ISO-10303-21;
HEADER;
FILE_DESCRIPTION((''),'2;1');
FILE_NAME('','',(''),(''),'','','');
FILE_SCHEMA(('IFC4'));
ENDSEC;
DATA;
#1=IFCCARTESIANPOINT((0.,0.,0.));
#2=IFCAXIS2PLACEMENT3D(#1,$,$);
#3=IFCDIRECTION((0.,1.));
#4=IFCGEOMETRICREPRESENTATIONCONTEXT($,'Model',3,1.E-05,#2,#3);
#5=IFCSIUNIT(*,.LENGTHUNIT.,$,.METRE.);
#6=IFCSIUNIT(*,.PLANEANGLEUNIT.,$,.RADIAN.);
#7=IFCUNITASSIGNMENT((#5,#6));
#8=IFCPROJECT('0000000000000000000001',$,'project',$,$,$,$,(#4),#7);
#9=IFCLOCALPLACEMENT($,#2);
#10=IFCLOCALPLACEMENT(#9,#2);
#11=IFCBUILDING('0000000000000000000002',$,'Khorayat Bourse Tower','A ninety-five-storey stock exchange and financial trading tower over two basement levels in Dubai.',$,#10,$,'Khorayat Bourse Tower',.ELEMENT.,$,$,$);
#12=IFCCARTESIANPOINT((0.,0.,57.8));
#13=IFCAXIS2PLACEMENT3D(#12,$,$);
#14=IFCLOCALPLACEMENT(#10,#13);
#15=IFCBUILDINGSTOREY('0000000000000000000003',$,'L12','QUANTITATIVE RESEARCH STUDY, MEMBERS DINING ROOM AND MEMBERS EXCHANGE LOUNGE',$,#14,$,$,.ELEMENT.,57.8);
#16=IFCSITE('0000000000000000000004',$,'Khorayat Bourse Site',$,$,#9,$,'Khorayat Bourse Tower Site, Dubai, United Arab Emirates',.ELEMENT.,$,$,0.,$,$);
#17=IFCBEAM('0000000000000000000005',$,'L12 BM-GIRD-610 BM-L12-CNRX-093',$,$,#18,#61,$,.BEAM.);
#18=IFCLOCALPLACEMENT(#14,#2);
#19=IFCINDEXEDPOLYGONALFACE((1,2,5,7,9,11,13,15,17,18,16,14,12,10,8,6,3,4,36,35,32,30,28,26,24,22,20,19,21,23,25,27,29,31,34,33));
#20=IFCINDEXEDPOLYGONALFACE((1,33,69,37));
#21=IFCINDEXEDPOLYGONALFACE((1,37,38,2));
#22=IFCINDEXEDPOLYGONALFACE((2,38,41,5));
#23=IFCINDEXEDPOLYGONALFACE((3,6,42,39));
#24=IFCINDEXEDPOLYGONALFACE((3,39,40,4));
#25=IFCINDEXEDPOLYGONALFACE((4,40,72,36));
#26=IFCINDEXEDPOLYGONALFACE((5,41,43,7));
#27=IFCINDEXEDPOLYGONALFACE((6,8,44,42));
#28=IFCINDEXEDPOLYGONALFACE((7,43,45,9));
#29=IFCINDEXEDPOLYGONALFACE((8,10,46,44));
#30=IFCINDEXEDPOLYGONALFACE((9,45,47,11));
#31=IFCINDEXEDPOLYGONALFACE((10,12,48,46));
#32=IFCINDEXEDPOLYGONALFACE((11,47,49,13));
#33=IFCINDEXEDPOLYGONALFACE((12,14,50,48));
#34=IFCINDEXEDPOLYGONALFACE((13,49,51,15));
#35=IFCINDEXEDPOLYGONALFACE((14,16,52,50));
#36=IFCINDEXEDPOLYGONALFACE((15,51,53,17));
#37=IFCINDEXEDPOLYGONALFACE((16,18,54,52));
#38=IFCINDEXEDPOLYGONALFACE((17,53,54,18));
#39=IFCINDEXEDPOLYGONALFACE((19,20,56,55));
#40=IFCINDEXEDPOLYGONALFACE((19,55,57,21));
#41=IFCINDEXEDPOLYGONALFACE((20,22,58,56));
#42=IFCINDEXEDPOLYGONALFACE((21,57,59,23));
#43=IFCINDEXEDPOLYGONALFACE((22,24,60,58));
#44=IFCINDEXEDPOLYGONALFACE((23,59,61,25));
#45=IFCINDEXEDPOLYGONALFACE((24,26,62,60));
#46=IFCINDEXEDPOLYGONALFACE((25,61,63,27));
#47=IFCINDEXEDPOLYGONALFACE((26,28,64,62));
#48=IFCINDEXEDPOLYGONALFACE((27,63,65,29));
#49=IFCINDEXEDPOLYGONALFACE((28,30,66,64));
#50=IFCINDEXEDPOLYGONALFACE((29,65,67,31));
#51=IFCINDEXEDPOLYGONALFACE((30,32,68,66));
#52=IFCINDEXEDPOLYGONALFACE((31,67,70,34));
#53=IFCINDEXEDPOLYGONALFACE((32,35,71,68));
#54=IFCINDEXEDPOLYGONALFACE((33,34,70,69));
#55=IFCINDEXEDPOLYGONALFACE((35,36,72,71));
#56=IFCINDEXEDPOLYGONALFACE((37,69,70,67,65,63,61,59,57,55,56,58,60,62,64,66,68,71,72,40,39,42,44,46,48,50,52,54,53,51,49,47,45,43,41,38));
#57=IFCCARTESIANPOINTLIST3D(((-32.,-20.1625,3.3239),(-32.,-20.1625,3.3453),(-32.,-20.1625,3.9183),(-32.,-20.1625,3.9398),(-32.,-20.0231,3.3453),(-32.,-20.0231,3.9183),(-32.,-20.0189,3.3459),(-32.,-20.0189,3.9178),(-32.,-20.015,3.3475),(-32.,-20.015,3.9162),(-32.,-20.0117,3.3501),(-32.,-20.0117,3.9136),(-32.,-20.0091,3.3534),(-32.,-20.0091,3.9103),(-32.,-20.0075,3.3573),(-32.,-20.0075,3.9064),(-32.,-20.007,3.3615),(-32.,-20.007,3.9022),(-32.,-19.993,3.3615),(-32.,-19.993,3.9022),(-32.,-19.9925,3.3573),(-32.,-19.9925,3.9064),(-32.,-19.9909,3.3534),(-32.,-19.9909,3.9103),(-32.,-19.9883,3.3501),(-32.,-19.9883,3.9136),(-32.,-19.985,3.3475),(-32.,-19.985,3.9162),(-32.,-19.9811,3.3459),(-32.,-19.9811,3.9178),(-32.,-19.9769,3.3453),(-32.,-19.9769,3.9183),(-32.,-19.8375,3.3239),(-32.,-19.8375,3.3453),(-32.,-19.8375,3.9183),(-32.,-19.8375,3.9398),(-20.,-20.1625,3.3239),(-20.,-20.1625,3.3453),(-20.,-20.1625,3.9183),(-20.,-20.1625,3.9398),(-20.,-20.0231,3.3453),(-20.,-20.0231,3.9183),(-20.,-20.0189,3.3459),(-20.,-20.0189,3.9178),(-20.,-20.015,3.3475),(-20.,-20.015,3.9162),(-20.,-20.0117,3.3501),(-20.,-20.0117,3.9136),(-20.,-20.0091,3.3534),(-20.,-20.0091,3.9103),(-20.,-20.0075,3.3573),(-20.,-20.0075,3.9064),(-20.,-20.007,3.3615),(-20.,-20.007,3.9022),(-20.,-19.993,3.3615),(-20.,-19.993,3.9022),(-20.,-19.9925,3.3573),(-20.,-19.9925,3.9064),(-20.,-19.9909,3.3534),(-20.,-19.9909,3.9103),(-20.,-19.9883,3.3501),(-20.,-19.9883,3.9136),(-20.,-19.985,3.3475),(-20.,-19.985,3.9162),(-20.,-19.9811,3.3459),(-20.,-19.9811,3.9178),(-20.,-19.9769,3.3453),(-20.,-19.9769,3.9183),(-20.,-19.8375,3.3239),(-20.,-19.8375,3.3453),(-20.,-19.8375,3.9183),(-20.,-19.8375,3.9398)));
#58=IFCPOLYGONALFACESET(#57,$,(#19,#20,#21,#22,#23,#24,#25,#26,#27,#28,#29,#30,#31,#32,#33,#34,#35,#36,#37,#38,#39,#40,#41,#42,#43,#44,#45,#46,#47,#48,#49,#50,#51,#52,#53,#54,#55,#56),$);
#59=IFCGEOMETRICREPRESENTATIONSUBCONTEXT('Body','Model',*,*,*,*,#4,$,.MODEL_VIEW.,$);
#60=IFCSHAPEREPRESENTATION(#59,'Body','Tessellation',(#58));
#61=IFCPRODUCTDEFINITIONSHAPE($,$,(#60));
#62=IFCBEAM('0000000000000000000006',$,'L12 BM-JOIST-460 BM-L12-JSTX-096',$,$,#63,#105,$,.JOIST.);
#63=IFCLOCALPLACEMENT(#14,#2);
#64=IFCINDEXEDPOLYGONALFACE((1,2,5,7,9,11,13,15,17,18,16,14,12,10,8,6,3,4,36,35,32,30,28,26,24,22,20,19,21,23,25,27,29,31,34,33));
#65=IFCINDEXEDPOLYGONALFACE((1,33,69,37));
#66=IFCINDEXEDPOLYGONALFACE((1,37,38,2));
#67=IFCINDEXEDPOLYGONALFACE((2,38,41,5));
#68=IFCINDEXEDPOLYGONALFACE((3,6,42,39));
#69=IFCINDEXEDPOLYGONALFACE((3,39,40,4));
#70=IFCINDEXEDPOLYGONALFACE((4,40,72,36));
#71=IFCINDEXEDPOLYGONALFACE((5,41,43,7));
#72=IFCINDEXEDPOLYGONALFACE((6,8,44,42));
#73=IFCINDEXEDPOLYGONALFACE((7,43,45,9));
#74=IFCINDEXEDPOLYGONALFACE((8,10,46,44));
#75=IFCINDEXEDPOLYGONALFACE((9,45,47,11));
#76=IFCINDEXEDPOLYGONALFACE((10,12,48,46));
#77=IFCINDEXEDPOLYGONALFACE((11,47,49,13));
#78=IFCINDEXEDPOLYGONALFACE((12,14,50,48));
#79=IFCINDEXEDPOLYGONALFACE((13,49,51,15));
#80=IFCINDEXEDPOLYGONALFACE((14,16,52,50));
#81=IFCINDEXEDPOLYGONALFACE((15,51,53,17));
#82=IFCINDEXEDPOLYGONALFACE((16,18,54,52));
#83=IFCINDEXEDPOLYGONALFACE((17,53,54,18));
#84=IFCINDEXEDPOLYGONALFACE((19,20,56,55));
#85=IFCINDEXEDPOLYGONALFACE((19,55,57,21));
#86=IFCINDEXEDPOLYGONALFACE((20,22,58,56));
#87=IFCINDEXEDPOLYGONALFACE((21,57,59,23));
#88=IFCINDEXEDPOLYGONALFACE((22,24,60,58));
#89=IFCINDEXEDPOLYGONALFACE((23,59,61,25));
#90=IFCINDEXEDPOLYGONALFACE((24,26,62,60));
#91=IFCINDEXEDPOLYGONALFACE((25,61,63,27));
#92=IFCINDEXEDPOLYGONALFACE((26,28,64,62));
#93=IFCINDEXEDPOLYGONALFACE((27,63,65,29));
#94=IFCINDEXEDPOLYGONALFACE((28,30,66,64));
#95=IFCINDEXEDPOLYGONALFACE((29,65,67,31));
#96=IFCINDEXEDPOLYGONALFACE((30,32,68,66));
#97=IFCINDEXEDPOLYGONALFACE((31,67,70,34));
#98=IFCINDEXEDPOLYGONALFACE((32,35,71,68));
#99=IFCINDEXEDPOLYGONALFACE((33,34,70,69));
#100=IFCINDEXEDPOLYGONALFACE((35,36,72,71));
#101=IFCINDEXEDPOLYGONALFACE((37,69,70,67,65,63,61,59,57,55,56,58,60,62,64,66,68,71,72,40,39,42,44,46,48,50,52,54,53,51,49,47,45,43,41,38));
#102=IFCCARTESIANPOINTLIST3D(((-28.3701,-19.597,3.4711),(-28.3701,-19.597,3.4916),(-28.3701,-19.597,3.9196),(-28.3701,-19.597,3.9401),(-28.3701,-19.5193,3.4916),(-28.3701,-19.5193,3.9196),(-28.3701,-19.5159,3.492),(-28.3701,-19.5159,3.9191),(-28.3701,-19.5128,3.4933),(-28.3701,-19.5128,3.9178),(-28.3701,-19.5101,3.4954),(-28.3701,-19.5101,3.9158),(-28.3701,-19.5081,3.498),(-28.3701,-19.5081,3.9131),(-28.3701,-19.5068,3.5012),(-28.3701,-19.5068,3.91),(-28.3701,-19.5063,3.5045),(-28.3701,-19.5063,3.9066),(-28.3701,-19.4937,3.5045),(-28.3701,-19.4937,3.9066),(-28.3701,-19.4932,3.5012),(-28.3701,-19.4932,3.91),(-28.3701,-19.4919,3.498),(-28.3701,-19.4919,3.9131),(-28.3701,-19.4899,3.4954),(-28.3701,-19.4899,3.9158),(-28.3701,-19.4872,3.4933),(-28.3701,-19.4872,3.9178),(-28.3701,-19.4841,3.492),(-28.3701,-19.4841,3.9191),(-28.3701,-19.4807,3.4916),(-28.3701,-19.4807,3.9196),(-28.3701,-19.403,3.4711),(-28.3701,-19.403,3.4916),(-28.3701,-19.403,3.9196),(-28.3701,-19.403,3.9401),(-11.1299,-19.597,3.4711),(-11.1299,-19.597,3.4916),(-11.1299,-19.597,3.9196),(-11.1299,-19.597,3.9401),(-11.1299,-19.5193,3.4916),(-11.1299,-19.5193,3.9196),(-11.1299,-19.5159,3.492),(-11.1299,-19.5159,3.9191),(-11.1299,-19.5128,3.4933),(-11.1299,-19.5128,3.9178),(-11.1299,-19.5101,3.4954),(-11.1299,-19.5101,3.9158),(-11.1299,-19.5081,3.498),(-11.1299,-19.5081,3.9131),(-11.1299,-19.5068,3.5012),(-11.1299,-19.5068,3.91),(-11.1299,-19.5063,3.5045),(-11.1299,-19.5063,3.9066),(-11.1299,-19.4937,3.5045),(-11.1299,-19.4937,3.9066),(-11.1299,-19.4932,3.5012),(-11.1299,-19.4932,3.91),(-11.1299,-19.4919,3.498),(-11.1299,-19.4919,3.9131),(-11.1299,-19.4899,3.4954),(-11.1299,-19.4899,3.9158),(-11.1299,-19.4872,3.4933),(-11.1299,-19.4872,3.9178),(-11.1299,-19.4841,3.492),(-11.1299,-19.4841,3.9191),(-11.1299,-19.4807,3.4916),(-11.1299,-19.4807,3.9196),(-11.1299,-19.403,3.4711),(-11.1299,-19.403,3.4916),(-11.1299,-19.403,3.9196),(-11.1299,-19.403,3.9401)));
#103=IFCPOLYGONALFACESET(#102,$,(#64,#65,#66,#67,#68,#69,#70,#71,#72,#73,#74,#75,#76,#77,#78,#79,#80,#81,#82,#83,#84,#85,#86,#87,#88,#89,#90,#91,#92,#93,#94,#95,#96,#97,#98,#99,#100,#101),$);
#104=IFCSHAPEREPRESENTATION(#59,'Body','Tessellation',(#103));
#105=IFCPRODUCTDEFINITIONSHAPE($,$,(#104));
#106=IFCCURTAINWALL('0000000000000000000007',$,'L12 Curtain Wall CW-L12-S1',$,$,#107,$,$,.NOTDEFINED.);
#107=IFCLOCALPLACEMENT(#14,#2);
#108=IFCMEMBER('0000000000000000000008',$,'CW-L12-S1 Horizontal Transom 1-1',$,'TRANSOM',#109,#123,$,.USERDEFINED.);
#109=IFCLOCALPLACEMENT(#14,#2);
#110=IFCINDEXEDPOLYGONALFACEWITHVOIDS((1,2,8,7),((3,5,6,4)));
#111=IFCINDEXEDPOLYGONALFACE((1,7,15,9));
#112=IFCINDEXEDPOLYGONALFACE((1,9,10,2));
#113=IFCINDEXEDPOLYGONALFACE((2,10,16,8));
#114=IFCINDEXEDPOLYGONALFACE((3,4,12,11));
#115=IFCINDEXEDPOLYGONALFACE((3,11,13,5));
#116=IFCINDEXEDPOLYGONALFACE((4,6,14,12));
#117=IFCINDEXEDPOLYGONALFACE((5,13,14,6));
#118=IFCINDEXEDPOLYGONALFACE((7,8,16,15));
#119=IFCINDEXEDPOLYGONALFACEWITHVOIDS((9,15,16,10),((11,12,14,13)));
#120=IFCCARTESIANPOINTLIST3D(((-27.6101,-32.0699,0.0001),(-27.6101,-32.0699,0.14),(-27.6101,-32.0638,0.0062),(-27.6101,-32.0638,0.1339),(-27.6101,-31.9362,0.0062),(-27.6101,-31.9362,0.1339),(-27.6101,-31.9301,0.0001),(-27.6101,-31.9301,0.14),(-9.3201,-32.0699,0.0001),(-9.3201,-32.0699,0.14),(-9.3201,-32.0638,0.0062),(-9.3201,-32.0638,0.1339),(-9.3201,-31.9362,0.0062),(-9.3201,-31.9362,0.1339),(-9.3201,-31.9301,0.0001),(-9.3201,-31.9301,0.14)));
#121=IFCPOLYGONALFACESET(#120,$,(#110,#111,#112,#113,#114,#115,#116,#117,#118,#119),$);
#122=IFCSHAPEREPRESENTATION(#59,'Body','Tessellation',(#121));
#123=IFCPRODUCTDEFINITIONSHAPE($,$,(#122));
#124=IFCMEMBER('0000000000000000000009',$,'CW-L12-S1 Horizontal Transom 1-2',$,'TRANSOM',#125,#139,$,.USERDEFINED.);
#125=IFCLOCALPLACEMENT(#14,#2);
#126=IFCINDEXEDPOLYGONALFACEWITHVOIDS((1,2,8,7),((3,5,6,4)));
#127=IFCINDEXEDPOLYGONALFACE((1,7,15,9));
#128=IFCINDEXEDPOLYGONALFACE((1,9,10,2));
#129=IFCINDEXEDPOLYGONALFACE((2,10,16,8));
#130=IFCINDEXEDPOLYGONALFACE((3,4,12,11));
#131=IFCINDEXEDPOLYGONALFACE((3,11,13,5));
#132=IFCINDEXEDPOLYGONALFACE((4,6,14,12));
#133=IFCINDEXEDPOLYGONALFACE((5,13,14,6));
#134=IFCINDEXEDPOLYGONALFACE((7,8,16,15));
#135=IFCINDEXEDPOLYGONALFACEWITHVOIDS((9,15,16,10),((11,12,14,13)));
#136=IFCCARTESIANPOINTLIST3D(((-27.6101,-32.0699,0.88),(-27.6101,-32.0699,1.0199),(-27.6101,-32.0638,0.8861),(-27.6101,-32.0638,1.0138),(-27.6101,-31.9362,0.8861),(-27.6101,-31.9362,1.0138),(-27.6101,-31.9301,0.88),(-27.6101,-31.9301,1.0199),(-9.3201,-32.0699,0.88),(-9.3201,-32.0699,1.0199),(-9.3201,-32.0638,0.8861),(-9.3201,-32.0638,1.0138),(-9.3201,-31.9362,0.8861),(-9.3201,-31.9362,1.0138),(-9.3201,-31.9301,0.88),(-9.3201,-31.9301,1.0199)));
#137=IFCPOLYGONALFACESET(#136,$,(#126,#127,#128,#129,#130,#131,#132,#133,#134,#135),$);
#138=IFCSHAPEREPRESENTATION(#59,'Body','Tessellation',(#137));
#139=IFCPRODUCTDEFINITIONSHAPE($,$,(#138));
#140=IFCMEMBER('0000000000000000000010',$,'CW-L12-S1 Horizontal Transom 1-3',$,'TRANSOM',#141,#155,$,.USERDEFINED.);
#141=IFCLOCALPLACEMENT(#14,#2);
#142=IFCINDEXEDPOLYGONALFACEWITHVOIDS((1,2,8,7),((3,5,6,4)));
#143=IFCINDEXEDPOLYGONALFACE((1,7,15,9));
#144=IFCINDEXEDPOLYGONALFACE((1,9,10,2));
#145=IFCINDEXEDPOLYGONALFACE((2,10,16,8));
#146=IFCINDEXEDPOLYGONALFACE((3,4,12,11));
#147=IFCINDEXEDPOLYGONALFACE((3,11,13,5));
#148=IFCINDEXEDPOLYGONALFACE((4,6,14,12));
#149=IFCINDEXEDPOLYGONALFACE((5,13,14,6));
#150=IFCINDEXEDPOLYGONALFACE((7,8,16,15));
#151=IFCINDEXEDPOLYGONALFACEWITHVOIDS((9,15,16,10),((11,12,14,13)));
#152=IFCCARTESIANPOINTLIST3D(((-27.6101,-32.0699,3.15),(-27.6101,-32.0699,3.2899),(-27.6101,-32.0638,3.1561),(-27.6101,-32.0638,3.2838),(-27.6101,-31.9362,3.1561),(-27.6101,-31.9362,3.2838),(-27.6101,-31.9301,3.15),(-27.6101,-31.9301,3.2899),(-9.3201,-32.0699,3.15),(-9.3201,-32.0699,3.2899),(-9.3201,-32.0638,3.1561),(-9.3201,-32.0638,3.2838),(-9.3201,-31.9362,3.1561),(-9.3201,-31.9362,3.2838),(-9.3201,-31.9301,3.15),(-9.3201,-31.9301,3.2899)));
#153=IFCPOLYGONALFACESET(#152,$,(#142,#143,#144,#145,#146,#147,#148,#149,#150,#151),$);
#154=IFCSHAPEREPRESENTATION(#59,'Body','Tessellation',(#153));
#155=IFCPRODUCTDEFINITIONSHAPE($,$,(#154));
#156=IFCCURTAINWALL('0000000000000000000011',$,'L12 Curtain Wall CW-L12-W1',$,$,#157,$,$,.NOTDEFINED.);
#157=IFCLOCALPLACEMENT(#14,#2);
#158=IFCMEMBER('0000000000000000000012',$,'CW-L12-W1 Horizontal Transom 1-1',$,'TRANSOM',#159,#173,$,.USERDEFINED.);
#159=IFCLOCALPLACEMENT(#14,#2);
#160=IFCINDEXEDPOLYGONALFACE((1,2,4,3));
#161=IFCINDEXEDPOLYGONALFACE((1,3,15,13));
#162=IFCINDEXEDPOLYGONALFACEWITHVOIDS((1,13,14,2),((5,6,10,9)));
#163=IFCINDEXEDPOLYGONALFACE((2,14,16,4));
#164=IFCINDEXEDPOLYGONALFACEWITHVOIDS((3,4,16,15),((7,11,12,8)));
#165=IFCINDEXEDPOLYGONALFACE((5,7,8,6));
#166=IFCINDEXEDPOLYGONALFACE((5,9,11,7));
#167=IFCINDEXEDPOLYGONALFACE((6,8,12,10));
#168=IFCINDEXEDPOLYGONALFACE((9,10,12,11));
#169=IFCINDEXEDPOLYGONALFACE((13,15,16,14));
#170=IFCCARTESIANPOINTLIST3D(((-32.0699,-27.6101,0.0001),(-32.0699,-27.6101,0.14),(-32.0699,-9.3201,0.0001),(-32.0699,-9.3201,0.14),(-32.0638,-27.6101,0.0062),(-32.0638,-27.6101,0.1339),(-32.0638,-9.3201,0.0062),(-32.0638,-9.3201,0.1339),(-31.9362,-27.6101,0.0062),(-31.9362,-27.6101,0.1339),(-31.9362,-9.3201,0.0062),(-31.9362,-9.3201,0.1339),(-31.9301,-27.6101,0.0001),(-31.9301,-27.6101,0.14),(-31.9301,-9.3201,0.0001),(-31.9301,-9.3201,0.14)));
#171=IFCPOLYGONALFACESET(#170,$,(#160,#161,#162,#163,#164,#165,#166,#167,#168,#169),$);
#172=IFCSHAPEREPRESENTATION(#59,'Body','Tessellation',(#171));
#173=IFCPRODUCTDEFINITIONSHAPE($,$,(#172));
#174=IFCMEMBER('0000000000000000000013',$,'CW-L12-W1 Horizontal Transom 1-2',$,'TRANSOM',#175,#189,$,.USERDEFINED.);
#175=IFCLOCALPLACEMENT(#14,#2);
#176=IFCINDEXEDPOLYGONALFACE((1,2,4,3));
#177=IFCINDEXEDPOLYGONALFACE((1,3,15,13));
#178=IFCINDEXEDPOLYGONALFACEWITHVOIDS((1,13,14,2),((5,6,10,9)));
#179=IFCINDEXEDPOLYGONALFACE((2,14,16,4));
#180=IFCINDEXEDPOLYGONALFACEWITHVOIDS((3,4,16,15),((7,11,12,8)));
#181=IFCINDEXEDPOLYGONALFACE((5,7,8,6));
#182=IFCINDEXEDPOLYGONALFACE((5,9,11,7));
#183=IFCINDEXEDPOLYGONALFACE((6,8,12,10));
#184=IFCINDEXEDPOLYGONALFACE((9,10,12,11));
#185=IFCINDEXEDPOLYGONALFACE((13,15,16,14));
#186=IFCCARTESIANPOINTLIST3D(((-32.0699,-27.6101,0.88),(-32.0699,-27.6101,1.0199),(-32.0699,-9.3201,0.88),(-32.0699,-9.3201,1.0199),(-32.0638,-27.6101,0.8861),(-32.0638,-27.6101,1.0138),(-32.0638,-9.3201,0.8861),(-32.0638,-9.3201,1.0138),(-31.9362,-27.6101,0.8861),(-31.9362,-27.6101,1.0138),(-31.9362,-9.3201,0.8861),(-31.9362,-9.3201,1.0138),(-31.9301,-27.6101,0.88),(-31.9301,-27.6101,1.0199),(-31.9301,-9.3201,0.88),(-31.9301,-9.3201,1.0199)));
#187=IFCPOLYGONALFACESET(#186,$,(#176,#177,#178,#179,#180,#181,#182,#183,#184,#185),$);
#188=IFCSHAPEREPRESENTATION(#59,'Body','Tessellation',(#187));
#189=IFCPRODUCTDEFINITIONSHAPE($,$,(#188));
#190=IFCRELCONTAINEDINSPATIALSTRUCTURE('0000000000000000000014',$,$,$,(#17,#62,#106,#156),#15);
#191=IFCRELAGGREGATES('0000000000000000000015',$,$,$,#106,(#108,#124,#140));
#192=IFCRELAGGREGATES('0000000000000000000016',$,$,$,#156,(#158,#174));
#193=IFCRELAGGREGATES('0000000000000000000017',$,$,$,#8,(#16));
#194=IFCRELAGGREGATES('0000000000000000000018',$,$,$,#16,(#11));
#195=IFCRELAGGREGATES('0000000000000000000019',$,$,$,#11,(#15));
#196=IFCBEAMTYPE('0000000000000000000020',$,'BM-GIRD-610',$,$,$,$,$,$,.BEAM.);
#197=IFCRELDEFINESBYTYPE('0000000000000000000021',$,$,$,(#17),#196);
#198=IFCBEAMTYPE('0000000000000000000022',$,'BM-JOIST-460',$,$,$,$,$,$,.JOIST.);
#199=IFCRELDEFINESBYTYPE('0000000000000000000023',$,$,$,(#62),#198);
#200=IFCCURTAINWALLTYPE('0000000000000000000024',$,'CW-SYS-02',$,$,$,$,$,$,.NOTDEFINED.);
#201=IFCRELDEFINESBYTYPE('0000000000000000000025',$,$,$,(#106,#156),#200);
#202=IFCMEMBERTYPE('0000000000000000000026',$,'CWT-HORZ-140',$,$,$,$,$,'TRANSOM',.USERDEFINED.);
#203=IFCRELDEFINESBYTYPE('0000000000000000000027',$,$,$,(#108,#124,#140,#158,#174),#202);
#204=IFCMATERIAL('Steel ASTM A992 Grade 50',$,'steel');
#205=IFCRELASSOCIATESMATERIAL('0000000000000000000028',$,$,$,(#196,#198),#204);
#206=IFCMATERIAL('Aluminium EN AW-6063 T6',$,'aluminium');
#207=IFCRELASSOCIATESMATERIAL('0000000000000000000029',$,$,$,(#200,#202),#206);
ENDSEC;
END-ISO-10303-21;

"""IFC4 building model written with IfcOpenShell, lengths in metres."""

from ifc_helpers import new_model, si_unit, direction, frame, origin, origin_2d, place, context, subcontext, project, spatial, hollow_rectangle, i_section, extrude, source, transform, mapped, material, material_profile, profile_set, type_object, element, aggregate, save


model = new_model("IFC4")

# Units and contexts
model_context = context("Model", 3, precision=1e-05, world=origin(), true_north=direction((0.0, 1.0)))
body_context = subcontext(model_context, "Body", "Model", "MODEL_VIEW")
ifc_project = project(units=[si_unit("LENGTHUNIT", "METRE"), si_unit("PLANEANGLEUNIT", "RADIAN")], contexts=[model_context])

# Site, building, storey
site_placement = place(None, origin())
site = spatial("IfcSite", under=ifc_project, at=site_placement, Name="Khorayat Bourse Site", LongName="Khorayat Bourse Tower Site, Dubai, United Arab Emirates", CompositionType="ELEMENT", RefElevation=0.0)
building_placement = place(site_placement, origin())
building = spatial("IfcBuilding", under=site, at=building_placement, Name="Khorayat Bourse Tower", Description="A ninety-five-storey stock exchange and financial trading tower over two basement levels in Dubai.", LongName="Khorayat Bourse Tower", CompositionType="ELEMENT")
storey_placement = place(building_placement, frame((0.0, 0.0, 57.8)))
storey = spatial("IfcBuildingStorey", under=building, at=storey_placement, Name="L12", Description="QUANTITATIVE RESEARCH STUDY, MEMBERS DINING ROOM AND MEMBERS EXCHANGE LOUNGE", CompositionType="ELEMENT", Elevation=57.8)

# Beams
ifc_material_1 = material(Name="Steel ASTM A992 Grade 50", Category="steel")
ifc_material_profile_1 = material_profile(ifc_material_1, i_section(OverallWidth=0.325, OverallDepth=0.616, WebThickness=0.0139, FlangeThickness=0.0215, FilletRadius=0.0161, at=origin_2d()), Name="W610X174")
ifc_profile_set_1 = profile_set([ifc_material_profile_1], Name="Steel ASTM A992 Grade 50")
beam_type_1 = type_object("IfcBeamType", Name="BM-GIRD-610", PredefinedType="BEAM", material=ifc_profile_set_1)
shared_shape_1 = source(origin(), body_context, "Body", "SweptSolid", [
    extrude(i_section(OverallWidth=0.325, OverallDepth=0.616, WebThickness=0.0139, FlangeThickness=0.0215, FilletRadius=0.0161, at=origin_2d()), origin(), (0.0, 0.0, 1.0), 12.0),
])
beam_1_placement = place(storey_placement, frame((-32.0, -20.0, 3.6318), z_axis=(1.0, 0.0, 0.0), x_axis=(0.0, 1.0, 0.0)))
element("IfcBeam", 1, at=beam_1_placement, inside=storey, type_object=beam_type_1, Name="L12 BM-GIRD-610 BM-L12-CNRX-093", PredefinedType="BEAM", context=body_context, shape_type="MappedRepresentation", body=[
    mapped(shared_shape_1, transform((0.0, 0.0, 0.0), scale=1.0)),
])
ifc_material_profile_2 = material_profile(ifc_material_1, i_section(OverallWidth=0.1941, OverallDepth=0.469, WebThickness=0.0127, FlangeThickness=0.0205, FilletRadius=0.0129, at=origin_2d()), Name="W460X106")
ifc_profile_set_2 = profile_set([ifc_material_profile_2], Name="Steel ASTM A992 Grade 50")
beam_type_2 = type_object("IfcBeamType", Name="BM-JOIST-460", PredefinedType="JOIST", material=ifc_profile_set_2)
shared_shape_2 = source(origin(), body_context, "Body", "SweptSolid", [
    extrude(i_section(OverallWidth=0.1941, OverallDepth=0.469, WebThickness=0.0127, FlangeThickness=0.0205, FilletRadius=0.0129, at=origin_2d()), origin(), (0.0, 0.0, 1.0), 17.2402),
])
beam_2_placement = place(storey_placement, frame((-28.3701, -19.5, 3.7056), z_axis=(1.0, 0.0, 0.0), x_axis=(0.0, 1.0, 0.0)))
element("IfcBeam", 2, at=beam_2_placement, inside=storey, type_object=beam_type_2, Name="L12 BM-JOIST-460 BM-L12-JSTX-096", PredefinedType="JOIST", context=body_context, shape_type="MappedRepresentation", body=[
    mapped(shared_shape_2, transform((0.0, 0.0, 0.0), scale=1.0)),
])

# Curtain walls, members
ifc_material_2 = material(Name="Aluminium EN AW-6063 T6", Category="aluminium")
curtain_wall_type = type_object("IfcCurtainWallType", Name="CW-SYS-02", PredefinedType="NOTDEFINED", material=ifc_material_2)
curtain_wall_1_placement = place(storey_placement, origin())
curtain_wall_1 = element("IfcCurtainWall", 3, at=curtain_wall_1_placement, inside=storey, type_object=curtain_wall_type, Name="L12 Curtain Wall CW-L12-S1", PredefinedType="NOTDEFINED")
ifc_material_profile_3 = material_profile(ifc_material_2, hollow_rectangle(XDim=0.1399, YDim=0.1399, WallThickness=0.0061, at=origin_2d()), Name="ALU 140x140x6")
ifc_profile_set_3 = profile_set([ifc_material_profile_3], Name="Aluminium EN AW-6063 T6")
member_type_1 = type_object("IfcMemberType", Name="CWT-HORZ-140", ElementType="TRANSOM", PredefinedType="USERDEFINED", material=ifc_profile_set_3)
shared_shape_3 = source(origin(), body_context, "Body", "SweptSolid", [
    extrude(hollow_rectangle(XDim=0.1399, YDim=0.1399, WallThickness=0.0061, at=origin_2d()), origin(), (0.0, 0.0, 1.0), 18.29),
])
member_1_placement = place(storey_placement, frame((-27.6101, -32.0, 0.0701), z_axis=(1.0, 0.0, 0.0), x_axis=(0.0, 1.0, 0.0)))
member_1 = element("IfcMember", 4, at=member_1_placement, type_object=member_type_1, Name="CW-L12-S1 Horizontal Transom 1-1", ObjectType="TRANSOM", PredefinedType="USERDEFINED", context=body_context, shape_type="MappedRepresentation", body=[
    mapped(shared_shape_3, transform((0.0, 0.0, 0.0), scale=1.0)),
])
member_2_placement = place(storey_placement, frame((-27.6101, -32.0, 0.95), z_axis=(1.0, 0.0, 0.0), x_axis=(0.0, 1.0, 0.0)))
member_2 = element("IfcMember", 5, at=member_2_placement, type_object=member_type_1, Name="CW-L12-S1 Horizontal Transom 1-2", ObjectType="TRANSOM", PredefinedType="USERDEFINED", context=body_context, shape_type="MappedRepresentation", body=[
    mapped(shared_shape_3, transform((0.0, 0.0, 0.0), scale=1.0)),
])
member_3_placement = place(storey_placement, frame((-27.6101, -32.0, 3.22), z_axis=(1.0, 0.0, 0.0), x_axis=(0.0, 1.0, 0.0)))
member_3 = element("IfcMember", 6, at=member_3_placement, type_object=member_type_1, Name="CW-L12-S1 Horizontal Transom 1-3", ObjectType="TRANSOM", PredefinedType="USERDEFINED", context=body_context, shape_type="MappedRepresentation", body=[
    mapped(shared_shape_3, transform((0.0, 0.0, 0.0), scale=1.0)),
])
curtain_wall_2_placement = place(storey_placement, origin())
curtain_wall_2 = element("IfcCurtainWall", 7, at=curtain_wall_2_placement, inside=storey, type_object=curtain_wall_type, Name="L12 Curtain Wall CW-L12-W1", PredefinedType="NOTDEFINED")
member_4_placement = place(storey_placement, frame((-32.0, -27.6101, 0.0701), z_axis=(0.0, 1.0, 0.0), x_axis=(-1.0, 0.0, 0.0)))
member_4 = element("IfcMember", 8, at=member_4_placement, type_object=member_type_1, Name="CW-L12-W1 Horizontal Transom 1-1", ObjectType="TRANSOM", PredefinedType="USERDEFINED", context=body_context, shape_type="MappedRepresentation", body=[
    mapped(shared_shape_3, transform((0.0, 0.0, 0.0), scale=1.0)),
])
member_5_placement = place(storey_placement, frame((-32.0, -27.6101, 0.95), z_axis=(0.0, 1.0, 0.0), x_axis=(-1.0, 0.0, 0.0)))
member_5 = element("IfcMember", 9, at=member_5_placement, type_object=member_type_1, Name="CW-L12-W1 Horizontal Transom 1-2", ObjectType="TRANSOM", PredefinedType="USERDEFINED", context=body_context, shape_type="MappedRepresentation", body=[
    mapped(shared_shape_3, transform((0.0, 0.0, 0.0), scale=1.0)),
])

aggregate(curtain_wall_1, [member_1, member_2, member_3])
aggregate(curtain_wall_2, [member_4, member_5])

save(model, "model.ifc")
